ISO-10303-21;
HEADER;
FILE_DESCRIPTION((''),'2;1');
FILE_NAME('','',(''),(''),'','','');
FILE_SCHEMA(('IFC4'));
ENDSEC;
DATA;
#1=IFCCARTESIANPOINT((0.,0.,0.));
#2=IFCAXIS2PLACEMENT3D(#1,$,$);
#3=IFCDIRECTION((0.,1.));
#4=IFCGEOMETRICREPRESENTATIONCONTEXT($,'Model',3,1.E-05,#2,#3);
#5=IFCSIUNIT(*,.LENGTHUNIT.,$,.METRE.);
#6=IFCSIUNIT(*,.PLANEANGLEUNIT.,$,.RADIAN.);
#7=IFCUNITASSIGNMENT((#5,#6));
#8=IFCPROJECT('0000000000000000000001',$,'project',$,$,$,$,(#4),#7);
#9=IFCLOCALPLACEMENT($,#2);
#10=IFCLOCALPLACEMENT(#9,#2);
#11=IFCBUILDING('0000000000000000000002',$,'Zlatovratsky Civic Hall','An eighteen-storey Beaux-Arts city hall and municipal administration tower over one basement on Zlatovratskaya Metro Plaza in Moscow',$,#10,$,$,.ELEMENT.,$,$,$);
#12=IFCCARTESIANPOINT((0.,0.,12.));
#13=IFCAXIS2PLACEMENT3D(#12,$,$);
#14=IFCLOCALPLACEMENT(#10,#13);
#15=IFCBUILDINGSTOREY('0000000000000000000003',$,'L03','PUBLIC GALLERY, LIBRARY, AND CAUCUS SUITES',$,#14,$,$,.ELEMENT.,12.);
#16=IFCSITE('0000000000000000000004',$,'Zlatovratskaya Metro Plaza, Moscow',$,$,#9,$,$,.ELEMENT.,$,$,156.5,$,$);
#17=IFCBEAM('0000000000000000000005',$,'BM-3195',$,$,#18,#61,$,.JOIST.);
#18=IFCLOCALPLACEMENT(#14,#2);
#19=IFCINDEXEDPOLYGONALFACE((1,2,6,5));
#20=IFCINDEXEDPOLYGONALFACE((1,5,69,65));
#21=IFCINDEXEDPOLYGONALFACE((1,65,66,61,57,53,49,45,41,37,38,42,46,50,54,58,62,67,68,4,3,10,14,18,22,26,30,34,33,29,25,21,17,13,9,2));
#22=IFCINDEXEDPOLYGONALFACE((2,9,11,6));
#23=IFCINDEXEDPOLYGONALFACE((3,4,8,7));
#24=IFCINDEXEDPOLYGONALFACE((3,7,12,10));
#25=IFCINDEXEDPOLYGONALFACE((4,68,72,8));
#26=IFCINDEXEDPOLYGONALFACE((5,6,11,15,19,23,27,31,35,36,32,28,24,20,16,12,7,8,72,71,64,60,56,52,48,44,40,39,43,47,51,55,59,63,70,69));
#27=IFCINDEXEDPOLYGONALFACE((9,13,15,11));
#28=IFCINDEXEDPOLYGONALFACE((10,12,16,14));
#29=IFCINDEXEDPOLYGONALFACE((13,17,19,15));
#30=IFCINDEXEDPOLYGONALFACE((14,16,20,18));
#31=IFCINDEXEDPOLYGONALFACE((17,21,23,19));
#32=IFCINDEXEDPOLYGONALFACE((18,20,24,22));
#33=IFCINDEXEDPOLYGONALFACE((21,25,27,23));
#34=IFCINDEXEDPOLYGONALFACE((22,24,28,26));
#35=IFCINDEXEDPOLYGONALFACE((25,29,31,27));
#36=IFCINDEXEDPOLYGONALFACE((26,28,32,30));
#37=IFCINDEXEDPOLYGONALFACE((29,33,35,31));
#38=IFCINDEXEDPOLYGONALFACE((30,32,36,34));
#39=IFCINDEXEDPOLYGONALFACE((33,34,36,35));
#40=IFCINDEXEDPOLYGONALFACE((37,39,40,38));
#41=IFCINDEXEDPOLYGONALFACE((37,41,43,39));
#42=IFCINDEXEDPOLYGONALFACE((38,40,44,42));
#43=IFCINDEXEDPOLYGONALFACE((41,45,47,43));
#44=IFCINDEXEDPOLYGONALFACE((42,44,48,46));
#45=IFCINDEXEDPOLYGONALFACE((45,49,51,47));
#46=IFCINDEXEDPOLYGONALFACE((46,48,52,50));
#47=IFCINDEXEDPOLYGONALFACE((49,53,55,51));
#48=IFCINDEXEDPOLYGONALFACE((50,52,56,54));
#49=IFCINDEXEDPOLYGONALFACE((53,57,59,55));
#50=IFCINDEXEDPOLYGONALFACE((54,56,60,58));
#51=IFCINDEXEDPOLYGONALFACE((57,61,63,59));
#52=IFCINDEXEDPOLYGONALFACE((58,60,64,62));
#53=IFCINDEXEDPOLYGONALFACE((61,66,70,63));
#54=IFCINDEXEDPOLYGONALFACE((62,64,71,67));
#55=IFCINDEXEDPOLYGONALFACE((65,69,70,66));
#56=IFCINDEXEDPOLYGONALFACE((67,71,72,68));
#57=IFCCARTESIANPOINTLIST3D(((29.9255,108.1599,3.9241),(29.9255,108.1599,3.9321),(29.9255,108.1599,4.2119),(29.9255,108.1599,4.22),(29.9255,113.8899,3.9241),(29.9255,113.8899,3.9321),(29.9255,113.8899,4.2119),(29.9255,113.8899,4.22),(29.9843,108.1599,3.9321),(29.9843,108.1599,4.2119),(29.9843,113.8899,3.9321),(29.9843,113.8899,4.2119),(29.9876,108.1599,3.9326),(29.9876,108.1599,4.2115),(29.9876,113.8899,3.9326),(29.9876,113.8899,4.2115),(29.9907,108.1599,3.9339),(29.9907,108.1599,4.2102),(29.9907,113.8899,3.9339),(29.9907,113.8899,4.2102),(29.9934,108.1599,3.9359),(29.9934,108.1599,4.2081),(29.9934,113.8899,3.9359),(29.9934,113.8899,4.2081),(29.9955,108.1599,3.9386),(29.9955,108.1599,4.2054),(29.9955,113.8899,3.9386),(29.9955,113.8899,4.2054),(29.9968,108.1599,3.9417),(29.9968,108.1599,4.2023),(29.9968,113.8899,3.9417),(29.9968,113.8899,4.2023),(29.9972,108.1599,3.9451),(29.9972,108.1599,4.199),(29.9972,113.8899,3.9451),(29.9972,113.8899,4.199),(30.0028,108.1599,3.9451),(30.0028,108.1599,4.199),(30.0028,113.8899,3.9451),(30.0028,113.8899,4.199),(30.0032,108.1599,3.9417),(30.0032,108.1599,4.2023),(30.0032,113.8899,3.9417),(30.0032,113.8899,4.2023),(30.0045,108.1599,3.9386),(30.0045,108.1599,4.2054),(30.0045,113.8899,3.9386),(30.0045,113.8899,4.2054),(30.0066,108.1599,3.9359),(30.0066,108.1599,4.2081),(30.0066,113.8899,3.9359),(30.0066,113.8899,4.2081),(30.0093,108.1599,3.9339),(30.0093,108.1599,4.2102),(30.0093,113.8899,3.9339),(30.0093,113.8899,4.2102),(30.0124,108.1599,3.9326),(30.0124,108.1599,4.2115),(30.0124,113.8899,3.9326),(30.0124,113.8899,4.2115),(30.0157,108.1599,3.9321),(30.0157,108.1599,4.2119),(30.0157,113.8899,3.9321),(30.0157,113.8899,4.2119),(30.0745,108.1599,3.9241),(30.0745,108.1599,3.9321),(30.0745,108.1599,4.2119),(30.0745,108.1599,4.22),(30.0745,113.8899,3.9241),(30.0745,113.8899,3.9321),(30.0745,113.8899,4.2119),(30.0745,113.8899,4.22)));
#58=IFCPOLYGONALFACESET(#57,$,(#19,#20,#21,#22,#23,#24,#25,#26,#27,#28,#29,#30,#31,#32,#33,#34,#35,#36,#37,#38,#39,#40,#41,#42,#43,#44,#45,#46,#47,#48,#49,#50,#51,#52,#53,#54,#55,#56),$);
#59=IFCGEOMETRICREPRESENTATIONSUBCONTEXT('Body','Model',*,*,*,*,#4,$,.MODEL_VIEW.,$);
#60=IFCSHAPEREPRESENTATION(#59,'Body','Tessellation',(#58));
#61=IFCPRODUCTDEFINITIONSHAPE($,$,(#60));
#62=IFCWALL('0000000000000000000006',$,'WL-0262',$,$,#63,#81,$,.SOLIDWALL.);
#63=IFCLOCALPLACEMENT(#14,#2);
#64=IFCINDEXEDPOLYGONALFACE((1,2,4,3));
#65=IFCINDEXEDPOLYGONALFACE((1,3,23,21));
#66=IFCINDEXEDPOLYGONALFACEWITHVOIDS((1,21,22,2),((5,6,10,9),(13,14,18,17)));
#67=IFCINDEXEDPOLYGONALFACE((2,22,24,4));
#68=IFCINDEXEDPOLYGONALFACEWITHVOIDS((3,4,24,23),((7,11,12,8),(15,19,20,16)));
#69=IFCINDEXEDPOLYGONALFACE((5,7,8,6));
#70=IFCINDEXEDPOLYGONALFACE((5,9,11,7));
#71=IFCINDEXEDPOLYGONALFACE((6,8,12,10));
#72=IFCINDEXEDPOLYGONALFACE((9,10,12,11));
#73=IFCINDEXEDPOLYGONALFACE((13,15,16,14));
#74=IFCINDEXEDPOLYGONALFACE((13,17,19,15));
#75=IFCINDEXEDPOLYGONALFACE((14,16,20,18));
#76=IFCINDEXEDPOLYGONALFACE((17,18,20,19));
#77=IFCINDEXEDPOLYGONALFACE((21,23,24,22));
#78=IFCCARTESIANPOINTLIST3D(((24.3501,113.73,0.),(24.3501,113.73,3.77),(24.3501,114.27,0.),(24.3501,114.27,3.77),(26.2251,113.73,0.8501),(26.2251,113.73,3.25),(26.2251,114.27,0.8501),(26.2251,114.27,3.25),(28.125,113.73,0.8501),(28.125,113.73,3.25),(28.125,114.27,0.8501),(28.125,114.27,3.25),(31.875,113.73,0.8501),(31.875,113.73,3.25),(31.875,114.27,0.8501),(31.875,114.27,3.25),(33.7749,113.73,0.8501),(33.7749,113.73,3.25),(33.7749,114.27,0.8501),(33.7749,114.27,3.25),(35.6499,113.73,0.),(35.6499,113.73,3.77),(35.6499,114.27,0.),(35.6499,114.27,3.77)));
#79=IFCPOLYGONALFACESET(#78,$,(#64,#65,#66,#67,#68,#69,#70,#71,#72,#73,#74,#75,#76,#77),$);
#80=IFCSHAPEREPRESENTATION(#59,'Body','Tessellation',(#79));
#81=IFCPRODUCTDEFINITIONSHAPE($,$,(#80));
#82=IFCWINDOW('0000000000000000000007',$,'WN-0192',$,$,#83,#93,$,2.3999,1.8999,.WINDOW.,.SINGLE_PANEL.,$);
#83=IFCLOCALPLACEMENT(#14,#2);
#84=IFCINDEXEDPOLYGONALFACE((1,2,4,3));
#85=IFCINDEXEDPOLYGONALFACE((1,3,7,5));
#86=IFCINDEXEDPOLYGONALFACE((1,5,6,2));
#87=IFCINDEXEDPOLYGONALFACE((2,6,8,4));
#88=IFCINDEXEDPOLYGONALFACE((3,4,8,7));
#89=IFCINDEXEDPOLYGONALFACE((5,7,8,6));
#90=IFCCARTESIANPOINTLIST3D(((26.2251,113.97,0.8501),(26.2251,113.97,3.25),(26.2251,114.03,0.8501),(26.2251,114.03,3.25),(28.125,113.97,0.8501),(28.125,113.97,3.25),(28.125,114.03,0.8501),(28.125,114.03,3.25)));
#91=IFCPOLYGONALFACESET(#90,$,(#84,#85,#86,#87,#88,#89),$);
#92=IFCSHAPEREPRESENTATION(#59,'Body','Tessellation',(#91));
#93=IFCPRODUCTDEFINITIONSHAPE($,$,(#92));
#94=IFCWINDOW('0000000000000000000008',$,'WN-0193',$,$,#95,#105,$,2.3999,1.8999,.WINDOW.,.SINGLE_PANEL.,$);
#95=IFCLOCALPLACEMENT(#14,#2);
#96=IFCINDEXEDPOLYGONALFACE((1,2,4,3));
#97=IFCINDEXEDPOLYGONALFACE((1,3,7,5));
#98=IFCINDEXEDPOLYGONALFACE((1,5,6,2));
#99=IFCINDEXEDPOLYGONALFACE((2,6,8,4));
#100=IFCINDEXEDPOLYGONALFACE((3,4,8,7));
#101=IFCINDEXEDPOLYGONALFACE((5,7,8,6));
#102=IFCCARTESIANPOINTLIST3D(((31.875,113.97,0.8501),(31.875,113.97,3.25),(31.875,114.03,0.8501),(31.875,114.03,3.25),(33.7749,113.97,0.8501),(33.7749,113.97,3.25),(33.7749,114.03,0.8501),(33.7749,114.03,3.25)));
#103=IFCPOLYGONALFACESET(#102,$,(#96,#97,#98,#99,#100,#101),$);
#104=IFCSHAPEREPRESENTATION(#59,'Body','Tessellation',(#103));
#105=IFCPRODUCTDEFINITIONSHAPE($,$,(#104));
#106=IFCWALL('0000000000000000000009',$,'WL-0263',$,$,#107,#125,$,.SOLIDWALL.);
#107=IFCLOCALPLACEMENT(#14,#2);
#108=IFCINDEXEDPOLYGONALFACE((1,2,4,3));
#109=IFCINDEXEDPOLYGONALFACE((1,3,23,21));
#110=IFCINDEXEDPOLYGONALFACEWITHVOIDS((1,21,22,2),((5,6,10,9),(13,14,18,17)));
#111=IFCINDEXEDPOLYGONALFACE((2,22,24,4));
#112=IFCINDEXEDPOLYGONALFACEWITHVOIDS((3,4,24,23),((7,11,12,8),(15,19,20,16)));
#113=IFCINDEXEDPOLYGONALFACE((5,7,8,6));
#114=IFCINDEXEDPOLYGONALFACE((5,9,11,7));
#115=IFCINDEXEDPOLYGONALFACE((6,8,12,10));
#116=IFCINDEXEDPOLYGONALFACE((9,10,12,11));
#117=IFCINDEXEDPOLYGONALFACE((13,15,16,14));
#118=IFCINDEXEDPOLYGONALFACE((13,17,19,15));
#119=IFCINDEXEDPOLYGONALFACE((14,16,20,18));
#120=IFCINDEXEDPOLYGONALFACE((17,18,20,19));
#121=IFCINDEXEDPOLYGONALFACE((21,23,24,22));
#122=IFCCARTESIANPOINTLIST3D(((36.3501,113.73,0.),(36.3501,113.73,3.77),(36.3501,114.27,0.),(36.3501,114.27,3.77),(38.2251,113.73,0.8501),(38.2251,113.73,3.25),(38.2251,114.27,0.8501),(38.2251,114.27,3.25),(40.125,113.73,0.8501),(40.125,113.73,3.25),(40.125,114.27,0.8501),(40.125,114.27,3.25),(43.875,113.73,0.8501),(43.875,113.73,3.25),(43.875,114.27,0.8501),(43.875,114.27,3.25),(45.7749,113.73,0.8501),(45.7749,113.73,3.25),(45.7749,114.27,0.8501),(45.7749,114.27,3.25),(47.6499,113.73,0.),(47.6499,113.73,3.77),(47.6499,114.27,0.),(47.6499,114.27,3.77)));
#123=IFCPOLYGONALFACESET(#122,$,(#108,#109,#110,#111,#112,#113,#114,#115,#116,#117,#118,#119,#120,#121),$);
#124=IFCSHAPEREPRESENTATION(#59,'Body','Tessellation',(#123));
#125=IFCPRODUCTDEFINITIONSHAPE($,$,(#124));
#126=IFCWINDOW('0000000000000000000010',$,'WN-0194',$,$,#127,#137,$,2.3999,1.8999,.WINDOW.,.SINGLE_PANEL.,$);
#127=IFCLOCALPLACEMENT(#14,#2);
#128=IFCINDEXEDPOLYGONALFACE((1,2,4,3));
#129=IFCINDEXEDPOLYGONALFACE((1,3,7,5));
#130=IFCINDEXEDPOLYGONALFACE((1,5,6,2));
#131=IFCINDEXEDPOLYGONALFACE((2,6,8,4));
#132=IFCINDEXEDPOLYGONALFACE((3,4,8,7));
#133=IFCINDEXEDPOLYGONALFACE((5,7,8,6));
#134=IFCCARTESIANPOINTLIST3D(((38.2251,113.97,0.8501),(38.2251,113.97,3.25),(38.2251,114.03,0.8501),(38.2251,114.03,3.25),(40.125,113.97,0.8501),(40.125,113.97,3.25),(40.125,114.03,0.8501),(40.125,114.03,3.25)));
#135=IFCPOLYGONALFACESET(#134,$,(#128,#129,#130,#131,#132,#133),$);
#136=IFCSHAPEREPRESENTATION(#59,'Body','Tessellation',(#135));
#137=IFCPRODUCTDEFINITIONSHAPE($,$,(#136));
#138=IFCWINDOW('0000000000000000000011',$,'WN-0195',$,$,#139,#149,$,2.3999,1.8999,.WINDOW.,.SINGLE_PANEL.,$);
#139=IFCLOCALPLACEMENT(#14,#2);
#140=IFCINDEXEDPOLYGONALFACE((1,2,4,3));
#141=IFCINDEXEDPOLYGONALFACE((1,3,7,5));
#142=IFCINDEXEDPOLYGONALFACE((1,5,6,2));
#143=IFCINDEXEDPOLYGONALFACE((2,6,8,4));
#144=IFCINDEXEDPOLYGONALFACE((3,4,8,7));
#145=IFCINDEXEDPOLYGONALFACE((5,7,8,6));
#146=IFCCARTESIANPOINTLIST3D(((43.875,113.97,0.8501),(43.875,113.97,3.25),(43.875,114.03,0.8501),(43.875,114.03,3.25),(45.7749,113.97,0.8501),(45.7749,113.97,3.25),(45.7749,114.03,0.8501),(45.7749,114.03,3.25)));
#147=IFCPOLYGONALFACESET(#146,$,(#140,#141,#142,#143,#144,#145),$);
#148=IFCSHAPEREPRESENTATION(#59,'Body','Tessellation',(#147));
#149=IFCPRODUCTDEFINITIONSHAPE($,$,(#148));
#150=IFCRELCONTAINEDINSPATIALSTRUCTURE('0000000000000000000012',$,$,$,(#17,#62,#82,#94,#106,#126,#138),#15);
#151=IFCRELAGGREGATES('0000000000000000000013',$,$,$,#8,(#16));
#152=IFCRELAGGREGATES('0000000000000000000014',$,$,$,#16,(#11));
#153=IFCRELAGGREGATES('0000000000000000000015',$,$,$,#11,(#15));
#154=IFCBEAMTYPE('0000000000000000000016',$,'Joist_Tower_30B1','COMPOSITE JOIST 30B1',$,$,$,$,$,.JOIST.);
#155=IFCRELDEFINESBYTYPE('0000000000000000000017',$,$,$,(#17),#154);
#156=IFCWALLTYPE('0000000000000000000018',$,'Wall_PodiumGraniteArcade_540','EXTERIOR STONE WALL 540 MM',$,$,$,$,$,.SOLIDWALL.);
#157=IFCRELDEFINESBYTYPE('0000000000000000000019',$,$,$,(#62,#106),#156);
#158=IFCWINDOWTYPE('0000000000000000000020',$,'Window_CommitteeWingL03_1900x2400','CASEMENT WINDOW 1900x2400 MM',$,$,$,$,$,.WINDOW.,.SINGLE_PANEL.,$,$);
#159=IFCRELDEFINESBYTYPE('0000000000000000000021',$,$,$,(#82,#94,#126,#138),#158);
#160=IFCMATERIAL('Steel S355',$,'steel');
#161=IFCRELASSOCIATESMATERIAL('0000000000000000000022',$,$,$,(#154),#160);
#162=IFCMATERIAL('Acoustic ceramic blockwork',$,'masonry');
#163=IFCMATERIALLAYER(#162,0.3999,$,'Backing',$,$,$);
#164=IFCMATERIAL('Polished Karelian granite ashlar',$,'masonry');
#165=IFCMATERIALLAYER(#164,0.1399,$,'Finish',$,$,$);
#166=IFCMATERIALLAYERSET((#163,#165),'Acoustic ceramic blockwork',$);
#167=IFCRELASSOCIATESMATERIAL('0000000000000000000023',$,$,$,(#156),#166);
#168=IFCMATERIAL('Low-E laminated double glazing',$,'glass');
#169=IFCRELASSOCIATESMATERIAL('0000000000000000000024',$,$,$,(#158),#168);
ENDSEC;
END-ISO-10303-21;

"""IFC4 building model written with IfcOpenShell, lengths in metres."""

from ifc_helpers import new_model, si_unit, direction, frame, frame_2d, origin, origin_2d, place, context, subcontext, project, spatial, rectangle, i_section, extrude, material, layer, layer_set, material_profile, profile_set, type_object, element, fill, save


model = new_model("IFC4")

# Units and contexts
model_context = context("Model", 3, precision=1e-05, world=origin(), true_north=direction((0.0, 1.0)))
body_context = subcontext(model_context, "Body", "Model", "MODEL_VIEW")
ifc_project = project(units=[si_unit("LENGTHUNIT", "METRE"), si_unit("PLANEANGLEUNIT", "RADIAN")], contexts=[model_context])

# Site, building, storey
site_placement = place(None, origin())
site = spatial("IfcSite", under=ifc_project, at=site_placement, Name="Zlatovratskaya Metro Plaza, Moscow", CompositionType="ELEMENT", RefElevation=156.5)
building_placement = place(site_placement, origin())
building = spatial("IfcBuilding", under=site, at=building_placement, Name="Zlatovratsky Civic Hall", Description="An eighteen-storey Beaux-Arts city hall and municipal administration tower over one basement on Zlatovratskaya Metro Plaza in Moscow", CompositionType="ELEMENT")
storey_placement = place(building_placement, frame((0.0, 0.0, 12.0)))
storey = spatial("IfcBuildingStorey", under=building, at=storey_placement, Name="L03", Description="PUBLIC GALLERY, LIBRARY, AND CAUCUS SUITES", CompositionType="ELEMENT", Elevation=12.0)

# Shared definitions
ifc_material_1 = material(Name="Steel S355", Category="steel")

# Beam
ifc_material_profile_1 = material_profile(ifc_material_1, i_section(OverallWidth=0.1489, OverallDepth=0.2959, WebThickness=0.0056, FlangeThickness=0.0081, FilletRadius=0.0129, at=origin_2d()), Name="30B1")
ifc_profile_set_1 = profile_set([ifc_material_profile_1], Name="Steel S355")
beam_type_1 = type_object("IfcBeamType", Name="Joist_Tower_30B1", Description="COMPOSITE JOIST 30B1", PredefinedType="JOIST", material=ifc_profile_set_1)
beam_1_placement = place(storey_placement, frame((30.0, 108.1599, 4.072), z_axis=(0.0, 1.0, 0.0), x_axis=(-1.0, 0.0, 0.0)))
element("IfcBeam", 1, at=beam_1_placement, inside=storey, type_object=beam_type_1, Name="BM-3195", PredefinedType="JOIST", context=body_context, shape_type="SweptSolid", body=[
    extrude(i_section(OverallWidth=0.1489, OverallDepth=0.2959, WebThickness=0.0056, FlangeThickness=0.0081, FilletRadius=0.0129, at=origin_2d()), origin(), (0.0, 0.0, 1.0), 5.73),
])

# Walls, openings, windows
ifc_material_2 = material(Name="Acoustic ceramic blockwork", Category="masonry")
ifc_layer_1 = layer(ifc_material_2, 0.3999, Name="Backing")
ifc_material_3 = material(Name="Polished Karelian granite ashlar", Category="masonry")
ifc_layer_2 = layer(ifc_material_3, 0.1399, Name="Finish")
ifc_layer_set = layer_set([ifc_layer_1, ifc_layer_2], Name="Acoustic ceramic blockwork")
wall_type = type_object("IfcWallType", Name="Wall_PodiumGraniteArcade_540", Description="EXTERIOR STONE WALL 540 MM", PredefinedType="SOLIDWALL", material=ifc_layer_set)
wall_1_placement = place(storey_placement, frame((24.3501, 114.0, 0.0), z_axis=(0.0, 0.0, 1.0), x_axis=(1.0, 0.0, 0.0)))
wall_1 = element("IfcWall", 2, at=wall_1_placement, inside=storey, type_object=wall_type, Name="WL-0262", PredefinedType="SOLIDWALL", context=body_context, shape_type="SweptSolid", body=[
    extrude(rectangle(XDim=11.2998, YDim=0.54, at=frame_2d((5.6499, 0.0))), origin(), (0.0, 0.0, 1.0), 3.77),
])
opening_1_placement = place(wall_1_placement, frame((1.875, 0.0, 0.8501)))
opening_1 = element("IfcOpeningElement", 3, at=opening_1_placement, cuts=wall_1, PredefinedType="OPENING", context=body_context, shape_type="SweptSolid", body=[
    extrude(rectangle(XDim=1.8999, YDim=2.3999, at=frame_2d((0.95, 1.2))), frame((0.0, 0.2849, 0.0), z_axis=(0.0, -1.0, 0.0), x_axis=(1.0, 0.0, 0.0)), (0.0, 0.0, 1.0), 0.5698),
])
opening_2_placement = place(wall_1_placement, frame((7.5249, 0.0, 0.8501)))
opening_2 = element("IfcOpeningElement", 4, at=opening_2_placement, cuts=wall_1, PredefinedType="OPENING", context=body_context, shape_type="SweptSolid", body=[
    extrude(rectangle(XDim=1.8999, YDim=2.3999, at=frame_2d((0.95, 1.2))), frame((0.0, 0.2849, 0.0), z_axis=(0.0, -1.0, 0.0), x_axis=(1.0, 0.0, 0.0)), (0.0, 0.0, 1.0), 0.5698),
])
ifc_material_4 = material(Name="Low-E laminated double glazing", Category="glass")
window_type = type_object("IfcWindowType", Name="Window_CommitteeWingL03_1900x2400", Description="CASEMENT WINDOW 1900x2400 MM", PartitioningType="SINGLE_PANEL", PredefinedType="WINDOW", material=ifc_material_4)
window_1_placement = place(opening_1_placement, origin())
window_1 = element("IfcWindow", 5, at=window_1_placement, inside=storey, type_object=window_type, Name="WN-0192", OverallHeight=2.3999, OverallWidth=1.8999, PartitioningType="SINGLE_PANEL", PredefinedType="WINDOW", context=body_context, shape_type="SweptSolid", body=[
    extrude(rectangle(XDim=1.8999, YDim=2.3999, at=frame_2d((0.95, 1.2))), frame((0.0, 0.03, 0.0), z_axis=(0.0, -1.0, 0.0), x_axis=(1.0, 0.0, 0.0)), (0.0, 0.0, 1.0), 0.0601),
])
fill(opening_1, window_1)
window_2_placement = place(opening_2_placement, origin())
window_2 = element("IfcWindow", 6, at=window_2_placement, inside=storey, type_object=window_type, Name="WN-0193", OverallHeight=2.3999, OverallWidth=1.8999, PartitioningType="SINGLE_PANEL", PredefinedType="WINDOW", context=body_context, shape_type="SweptSolid", body=[
    extrude(rectangle(XDim=1.8999, YDim=2.3999, at=frame_2d((0.95, 1.2))), frame((0.0, 0.03, 0.0), z_axis=(0.0, -1.0, 0.0), x_axis=(1.0, 0.0, 0.0)), (0.0, 0.0, 1.0), 0.0601),
])
fill(opening_2, window_2)
wall_2_placement = place(storey_placement, frame((36.3501, 114.0, 0.0), z_axis=(0.0, 0.0, 1.0), x_axis=(1.0, 0.0, 0.0)))
wall_2 = element("IfcWall", 7, at=wall_2_placement, inside=storey, type_object=wall_type, Name="WL-0263", PredefinedType="SOLIDWALL", context=body_context, shape_type="SweptSolid", body=[
    extrude(rectangle(XDim=11.2998, YDim=0.54, at=frame_2d((5.6499, 0.0))), origin(), (0.0, 0.0, 1.0), 3.77),
])
opening_3_placement = place(wall_2_placement, frame((1.875, 0.0, 0.8501)))
opening_3 = element("IfcOpeningElement", 8, at=opening_3_placement, cuts=wall_2, PredefinedType="OPENING", context=body_context, shape_type="SweptSolid", body=[
    extrude(rectangle(XDim=1.8999, YDim=2.3999, at=frame_2d((0.95, 1.2))), frame((0.0, 0.2849, 0.0), z_axis=(0.0, -1.0, 0.0), x_axis=(1.0, 0.0, 0.0)), (0.0, 0.0, 1.0), 0.5698),
])
opening_4_placement = place(wall_2_placement, frame((7.5249, 0.0, 0.8501)))
opening_4 = element("IfcOpeningElement", 9, at=opening_4_placement, cuts=wall_2, PredefinedType="OPENING", context=body_context, shape_type="SweptSolid", body=[
    extrude(rectangle(XDim=1.8999, YDim=2.3999, at=frame_2d((0.95, 1.2))), frame((0.0, 0.2849, 0.0), z_axis=(0.0, -1.0, 0.0), x_axis=(1.0, 0.0, 0.0)), (0.0, 0.0, 1.0), 0.5698),
])
window_3_placement = place(opening_3_placement, origin())
window_3 = element("IfcWindow", 10, at=window_3_placement, inside=storey, type_object=window_type, Name="WN-0194", OverallHeight=2.3999, OverallWidth=1.8999, PartitioningType="SINGLE_PANEL", PredefinedType="WINDOW", context=body_context, shape_type="SweptSolid", body=[
    extrude(rectangle(XDim=1.8999, YDim=2.3999, at=frame_2d((0.95, 1.2))), frame((0.0, 0.03, 0.0), z_axis=(0.0, -1.0, 0.0), x_axis=(1.0, 0.0, 0.0)), (0.0, 0.0, 1.0), 0.0601),
])
fill(opening_3, window_3)
window_4_placement = place(opening_4_placement, origin())
window_4 = element("IfcWindow", 11, at=window_4_placement, inside=storey, type_object=window_type, Name="WN-0195", OverallHeight=2.3999, OverallWidth=1.8999, PartitioningType="SINGLE_PANEL", PredefinedType="WINDOW", context=body_context, shape_type="SweptSolid", body=[
    extrude(rectangle(XDim=1.8999, YDim=2.3999, at=frame_2d((0.95, 1.2))), frame((0.0, 0.03, 0.0), z_axis=(0.0, -1.0, 0.0), x_axis=(1.0, 0.0, 0.0)), (0.0, 0.0, 1.0), 0.0601),
])
fill(opening_4, window_4)

save(model, "model.ifc")
